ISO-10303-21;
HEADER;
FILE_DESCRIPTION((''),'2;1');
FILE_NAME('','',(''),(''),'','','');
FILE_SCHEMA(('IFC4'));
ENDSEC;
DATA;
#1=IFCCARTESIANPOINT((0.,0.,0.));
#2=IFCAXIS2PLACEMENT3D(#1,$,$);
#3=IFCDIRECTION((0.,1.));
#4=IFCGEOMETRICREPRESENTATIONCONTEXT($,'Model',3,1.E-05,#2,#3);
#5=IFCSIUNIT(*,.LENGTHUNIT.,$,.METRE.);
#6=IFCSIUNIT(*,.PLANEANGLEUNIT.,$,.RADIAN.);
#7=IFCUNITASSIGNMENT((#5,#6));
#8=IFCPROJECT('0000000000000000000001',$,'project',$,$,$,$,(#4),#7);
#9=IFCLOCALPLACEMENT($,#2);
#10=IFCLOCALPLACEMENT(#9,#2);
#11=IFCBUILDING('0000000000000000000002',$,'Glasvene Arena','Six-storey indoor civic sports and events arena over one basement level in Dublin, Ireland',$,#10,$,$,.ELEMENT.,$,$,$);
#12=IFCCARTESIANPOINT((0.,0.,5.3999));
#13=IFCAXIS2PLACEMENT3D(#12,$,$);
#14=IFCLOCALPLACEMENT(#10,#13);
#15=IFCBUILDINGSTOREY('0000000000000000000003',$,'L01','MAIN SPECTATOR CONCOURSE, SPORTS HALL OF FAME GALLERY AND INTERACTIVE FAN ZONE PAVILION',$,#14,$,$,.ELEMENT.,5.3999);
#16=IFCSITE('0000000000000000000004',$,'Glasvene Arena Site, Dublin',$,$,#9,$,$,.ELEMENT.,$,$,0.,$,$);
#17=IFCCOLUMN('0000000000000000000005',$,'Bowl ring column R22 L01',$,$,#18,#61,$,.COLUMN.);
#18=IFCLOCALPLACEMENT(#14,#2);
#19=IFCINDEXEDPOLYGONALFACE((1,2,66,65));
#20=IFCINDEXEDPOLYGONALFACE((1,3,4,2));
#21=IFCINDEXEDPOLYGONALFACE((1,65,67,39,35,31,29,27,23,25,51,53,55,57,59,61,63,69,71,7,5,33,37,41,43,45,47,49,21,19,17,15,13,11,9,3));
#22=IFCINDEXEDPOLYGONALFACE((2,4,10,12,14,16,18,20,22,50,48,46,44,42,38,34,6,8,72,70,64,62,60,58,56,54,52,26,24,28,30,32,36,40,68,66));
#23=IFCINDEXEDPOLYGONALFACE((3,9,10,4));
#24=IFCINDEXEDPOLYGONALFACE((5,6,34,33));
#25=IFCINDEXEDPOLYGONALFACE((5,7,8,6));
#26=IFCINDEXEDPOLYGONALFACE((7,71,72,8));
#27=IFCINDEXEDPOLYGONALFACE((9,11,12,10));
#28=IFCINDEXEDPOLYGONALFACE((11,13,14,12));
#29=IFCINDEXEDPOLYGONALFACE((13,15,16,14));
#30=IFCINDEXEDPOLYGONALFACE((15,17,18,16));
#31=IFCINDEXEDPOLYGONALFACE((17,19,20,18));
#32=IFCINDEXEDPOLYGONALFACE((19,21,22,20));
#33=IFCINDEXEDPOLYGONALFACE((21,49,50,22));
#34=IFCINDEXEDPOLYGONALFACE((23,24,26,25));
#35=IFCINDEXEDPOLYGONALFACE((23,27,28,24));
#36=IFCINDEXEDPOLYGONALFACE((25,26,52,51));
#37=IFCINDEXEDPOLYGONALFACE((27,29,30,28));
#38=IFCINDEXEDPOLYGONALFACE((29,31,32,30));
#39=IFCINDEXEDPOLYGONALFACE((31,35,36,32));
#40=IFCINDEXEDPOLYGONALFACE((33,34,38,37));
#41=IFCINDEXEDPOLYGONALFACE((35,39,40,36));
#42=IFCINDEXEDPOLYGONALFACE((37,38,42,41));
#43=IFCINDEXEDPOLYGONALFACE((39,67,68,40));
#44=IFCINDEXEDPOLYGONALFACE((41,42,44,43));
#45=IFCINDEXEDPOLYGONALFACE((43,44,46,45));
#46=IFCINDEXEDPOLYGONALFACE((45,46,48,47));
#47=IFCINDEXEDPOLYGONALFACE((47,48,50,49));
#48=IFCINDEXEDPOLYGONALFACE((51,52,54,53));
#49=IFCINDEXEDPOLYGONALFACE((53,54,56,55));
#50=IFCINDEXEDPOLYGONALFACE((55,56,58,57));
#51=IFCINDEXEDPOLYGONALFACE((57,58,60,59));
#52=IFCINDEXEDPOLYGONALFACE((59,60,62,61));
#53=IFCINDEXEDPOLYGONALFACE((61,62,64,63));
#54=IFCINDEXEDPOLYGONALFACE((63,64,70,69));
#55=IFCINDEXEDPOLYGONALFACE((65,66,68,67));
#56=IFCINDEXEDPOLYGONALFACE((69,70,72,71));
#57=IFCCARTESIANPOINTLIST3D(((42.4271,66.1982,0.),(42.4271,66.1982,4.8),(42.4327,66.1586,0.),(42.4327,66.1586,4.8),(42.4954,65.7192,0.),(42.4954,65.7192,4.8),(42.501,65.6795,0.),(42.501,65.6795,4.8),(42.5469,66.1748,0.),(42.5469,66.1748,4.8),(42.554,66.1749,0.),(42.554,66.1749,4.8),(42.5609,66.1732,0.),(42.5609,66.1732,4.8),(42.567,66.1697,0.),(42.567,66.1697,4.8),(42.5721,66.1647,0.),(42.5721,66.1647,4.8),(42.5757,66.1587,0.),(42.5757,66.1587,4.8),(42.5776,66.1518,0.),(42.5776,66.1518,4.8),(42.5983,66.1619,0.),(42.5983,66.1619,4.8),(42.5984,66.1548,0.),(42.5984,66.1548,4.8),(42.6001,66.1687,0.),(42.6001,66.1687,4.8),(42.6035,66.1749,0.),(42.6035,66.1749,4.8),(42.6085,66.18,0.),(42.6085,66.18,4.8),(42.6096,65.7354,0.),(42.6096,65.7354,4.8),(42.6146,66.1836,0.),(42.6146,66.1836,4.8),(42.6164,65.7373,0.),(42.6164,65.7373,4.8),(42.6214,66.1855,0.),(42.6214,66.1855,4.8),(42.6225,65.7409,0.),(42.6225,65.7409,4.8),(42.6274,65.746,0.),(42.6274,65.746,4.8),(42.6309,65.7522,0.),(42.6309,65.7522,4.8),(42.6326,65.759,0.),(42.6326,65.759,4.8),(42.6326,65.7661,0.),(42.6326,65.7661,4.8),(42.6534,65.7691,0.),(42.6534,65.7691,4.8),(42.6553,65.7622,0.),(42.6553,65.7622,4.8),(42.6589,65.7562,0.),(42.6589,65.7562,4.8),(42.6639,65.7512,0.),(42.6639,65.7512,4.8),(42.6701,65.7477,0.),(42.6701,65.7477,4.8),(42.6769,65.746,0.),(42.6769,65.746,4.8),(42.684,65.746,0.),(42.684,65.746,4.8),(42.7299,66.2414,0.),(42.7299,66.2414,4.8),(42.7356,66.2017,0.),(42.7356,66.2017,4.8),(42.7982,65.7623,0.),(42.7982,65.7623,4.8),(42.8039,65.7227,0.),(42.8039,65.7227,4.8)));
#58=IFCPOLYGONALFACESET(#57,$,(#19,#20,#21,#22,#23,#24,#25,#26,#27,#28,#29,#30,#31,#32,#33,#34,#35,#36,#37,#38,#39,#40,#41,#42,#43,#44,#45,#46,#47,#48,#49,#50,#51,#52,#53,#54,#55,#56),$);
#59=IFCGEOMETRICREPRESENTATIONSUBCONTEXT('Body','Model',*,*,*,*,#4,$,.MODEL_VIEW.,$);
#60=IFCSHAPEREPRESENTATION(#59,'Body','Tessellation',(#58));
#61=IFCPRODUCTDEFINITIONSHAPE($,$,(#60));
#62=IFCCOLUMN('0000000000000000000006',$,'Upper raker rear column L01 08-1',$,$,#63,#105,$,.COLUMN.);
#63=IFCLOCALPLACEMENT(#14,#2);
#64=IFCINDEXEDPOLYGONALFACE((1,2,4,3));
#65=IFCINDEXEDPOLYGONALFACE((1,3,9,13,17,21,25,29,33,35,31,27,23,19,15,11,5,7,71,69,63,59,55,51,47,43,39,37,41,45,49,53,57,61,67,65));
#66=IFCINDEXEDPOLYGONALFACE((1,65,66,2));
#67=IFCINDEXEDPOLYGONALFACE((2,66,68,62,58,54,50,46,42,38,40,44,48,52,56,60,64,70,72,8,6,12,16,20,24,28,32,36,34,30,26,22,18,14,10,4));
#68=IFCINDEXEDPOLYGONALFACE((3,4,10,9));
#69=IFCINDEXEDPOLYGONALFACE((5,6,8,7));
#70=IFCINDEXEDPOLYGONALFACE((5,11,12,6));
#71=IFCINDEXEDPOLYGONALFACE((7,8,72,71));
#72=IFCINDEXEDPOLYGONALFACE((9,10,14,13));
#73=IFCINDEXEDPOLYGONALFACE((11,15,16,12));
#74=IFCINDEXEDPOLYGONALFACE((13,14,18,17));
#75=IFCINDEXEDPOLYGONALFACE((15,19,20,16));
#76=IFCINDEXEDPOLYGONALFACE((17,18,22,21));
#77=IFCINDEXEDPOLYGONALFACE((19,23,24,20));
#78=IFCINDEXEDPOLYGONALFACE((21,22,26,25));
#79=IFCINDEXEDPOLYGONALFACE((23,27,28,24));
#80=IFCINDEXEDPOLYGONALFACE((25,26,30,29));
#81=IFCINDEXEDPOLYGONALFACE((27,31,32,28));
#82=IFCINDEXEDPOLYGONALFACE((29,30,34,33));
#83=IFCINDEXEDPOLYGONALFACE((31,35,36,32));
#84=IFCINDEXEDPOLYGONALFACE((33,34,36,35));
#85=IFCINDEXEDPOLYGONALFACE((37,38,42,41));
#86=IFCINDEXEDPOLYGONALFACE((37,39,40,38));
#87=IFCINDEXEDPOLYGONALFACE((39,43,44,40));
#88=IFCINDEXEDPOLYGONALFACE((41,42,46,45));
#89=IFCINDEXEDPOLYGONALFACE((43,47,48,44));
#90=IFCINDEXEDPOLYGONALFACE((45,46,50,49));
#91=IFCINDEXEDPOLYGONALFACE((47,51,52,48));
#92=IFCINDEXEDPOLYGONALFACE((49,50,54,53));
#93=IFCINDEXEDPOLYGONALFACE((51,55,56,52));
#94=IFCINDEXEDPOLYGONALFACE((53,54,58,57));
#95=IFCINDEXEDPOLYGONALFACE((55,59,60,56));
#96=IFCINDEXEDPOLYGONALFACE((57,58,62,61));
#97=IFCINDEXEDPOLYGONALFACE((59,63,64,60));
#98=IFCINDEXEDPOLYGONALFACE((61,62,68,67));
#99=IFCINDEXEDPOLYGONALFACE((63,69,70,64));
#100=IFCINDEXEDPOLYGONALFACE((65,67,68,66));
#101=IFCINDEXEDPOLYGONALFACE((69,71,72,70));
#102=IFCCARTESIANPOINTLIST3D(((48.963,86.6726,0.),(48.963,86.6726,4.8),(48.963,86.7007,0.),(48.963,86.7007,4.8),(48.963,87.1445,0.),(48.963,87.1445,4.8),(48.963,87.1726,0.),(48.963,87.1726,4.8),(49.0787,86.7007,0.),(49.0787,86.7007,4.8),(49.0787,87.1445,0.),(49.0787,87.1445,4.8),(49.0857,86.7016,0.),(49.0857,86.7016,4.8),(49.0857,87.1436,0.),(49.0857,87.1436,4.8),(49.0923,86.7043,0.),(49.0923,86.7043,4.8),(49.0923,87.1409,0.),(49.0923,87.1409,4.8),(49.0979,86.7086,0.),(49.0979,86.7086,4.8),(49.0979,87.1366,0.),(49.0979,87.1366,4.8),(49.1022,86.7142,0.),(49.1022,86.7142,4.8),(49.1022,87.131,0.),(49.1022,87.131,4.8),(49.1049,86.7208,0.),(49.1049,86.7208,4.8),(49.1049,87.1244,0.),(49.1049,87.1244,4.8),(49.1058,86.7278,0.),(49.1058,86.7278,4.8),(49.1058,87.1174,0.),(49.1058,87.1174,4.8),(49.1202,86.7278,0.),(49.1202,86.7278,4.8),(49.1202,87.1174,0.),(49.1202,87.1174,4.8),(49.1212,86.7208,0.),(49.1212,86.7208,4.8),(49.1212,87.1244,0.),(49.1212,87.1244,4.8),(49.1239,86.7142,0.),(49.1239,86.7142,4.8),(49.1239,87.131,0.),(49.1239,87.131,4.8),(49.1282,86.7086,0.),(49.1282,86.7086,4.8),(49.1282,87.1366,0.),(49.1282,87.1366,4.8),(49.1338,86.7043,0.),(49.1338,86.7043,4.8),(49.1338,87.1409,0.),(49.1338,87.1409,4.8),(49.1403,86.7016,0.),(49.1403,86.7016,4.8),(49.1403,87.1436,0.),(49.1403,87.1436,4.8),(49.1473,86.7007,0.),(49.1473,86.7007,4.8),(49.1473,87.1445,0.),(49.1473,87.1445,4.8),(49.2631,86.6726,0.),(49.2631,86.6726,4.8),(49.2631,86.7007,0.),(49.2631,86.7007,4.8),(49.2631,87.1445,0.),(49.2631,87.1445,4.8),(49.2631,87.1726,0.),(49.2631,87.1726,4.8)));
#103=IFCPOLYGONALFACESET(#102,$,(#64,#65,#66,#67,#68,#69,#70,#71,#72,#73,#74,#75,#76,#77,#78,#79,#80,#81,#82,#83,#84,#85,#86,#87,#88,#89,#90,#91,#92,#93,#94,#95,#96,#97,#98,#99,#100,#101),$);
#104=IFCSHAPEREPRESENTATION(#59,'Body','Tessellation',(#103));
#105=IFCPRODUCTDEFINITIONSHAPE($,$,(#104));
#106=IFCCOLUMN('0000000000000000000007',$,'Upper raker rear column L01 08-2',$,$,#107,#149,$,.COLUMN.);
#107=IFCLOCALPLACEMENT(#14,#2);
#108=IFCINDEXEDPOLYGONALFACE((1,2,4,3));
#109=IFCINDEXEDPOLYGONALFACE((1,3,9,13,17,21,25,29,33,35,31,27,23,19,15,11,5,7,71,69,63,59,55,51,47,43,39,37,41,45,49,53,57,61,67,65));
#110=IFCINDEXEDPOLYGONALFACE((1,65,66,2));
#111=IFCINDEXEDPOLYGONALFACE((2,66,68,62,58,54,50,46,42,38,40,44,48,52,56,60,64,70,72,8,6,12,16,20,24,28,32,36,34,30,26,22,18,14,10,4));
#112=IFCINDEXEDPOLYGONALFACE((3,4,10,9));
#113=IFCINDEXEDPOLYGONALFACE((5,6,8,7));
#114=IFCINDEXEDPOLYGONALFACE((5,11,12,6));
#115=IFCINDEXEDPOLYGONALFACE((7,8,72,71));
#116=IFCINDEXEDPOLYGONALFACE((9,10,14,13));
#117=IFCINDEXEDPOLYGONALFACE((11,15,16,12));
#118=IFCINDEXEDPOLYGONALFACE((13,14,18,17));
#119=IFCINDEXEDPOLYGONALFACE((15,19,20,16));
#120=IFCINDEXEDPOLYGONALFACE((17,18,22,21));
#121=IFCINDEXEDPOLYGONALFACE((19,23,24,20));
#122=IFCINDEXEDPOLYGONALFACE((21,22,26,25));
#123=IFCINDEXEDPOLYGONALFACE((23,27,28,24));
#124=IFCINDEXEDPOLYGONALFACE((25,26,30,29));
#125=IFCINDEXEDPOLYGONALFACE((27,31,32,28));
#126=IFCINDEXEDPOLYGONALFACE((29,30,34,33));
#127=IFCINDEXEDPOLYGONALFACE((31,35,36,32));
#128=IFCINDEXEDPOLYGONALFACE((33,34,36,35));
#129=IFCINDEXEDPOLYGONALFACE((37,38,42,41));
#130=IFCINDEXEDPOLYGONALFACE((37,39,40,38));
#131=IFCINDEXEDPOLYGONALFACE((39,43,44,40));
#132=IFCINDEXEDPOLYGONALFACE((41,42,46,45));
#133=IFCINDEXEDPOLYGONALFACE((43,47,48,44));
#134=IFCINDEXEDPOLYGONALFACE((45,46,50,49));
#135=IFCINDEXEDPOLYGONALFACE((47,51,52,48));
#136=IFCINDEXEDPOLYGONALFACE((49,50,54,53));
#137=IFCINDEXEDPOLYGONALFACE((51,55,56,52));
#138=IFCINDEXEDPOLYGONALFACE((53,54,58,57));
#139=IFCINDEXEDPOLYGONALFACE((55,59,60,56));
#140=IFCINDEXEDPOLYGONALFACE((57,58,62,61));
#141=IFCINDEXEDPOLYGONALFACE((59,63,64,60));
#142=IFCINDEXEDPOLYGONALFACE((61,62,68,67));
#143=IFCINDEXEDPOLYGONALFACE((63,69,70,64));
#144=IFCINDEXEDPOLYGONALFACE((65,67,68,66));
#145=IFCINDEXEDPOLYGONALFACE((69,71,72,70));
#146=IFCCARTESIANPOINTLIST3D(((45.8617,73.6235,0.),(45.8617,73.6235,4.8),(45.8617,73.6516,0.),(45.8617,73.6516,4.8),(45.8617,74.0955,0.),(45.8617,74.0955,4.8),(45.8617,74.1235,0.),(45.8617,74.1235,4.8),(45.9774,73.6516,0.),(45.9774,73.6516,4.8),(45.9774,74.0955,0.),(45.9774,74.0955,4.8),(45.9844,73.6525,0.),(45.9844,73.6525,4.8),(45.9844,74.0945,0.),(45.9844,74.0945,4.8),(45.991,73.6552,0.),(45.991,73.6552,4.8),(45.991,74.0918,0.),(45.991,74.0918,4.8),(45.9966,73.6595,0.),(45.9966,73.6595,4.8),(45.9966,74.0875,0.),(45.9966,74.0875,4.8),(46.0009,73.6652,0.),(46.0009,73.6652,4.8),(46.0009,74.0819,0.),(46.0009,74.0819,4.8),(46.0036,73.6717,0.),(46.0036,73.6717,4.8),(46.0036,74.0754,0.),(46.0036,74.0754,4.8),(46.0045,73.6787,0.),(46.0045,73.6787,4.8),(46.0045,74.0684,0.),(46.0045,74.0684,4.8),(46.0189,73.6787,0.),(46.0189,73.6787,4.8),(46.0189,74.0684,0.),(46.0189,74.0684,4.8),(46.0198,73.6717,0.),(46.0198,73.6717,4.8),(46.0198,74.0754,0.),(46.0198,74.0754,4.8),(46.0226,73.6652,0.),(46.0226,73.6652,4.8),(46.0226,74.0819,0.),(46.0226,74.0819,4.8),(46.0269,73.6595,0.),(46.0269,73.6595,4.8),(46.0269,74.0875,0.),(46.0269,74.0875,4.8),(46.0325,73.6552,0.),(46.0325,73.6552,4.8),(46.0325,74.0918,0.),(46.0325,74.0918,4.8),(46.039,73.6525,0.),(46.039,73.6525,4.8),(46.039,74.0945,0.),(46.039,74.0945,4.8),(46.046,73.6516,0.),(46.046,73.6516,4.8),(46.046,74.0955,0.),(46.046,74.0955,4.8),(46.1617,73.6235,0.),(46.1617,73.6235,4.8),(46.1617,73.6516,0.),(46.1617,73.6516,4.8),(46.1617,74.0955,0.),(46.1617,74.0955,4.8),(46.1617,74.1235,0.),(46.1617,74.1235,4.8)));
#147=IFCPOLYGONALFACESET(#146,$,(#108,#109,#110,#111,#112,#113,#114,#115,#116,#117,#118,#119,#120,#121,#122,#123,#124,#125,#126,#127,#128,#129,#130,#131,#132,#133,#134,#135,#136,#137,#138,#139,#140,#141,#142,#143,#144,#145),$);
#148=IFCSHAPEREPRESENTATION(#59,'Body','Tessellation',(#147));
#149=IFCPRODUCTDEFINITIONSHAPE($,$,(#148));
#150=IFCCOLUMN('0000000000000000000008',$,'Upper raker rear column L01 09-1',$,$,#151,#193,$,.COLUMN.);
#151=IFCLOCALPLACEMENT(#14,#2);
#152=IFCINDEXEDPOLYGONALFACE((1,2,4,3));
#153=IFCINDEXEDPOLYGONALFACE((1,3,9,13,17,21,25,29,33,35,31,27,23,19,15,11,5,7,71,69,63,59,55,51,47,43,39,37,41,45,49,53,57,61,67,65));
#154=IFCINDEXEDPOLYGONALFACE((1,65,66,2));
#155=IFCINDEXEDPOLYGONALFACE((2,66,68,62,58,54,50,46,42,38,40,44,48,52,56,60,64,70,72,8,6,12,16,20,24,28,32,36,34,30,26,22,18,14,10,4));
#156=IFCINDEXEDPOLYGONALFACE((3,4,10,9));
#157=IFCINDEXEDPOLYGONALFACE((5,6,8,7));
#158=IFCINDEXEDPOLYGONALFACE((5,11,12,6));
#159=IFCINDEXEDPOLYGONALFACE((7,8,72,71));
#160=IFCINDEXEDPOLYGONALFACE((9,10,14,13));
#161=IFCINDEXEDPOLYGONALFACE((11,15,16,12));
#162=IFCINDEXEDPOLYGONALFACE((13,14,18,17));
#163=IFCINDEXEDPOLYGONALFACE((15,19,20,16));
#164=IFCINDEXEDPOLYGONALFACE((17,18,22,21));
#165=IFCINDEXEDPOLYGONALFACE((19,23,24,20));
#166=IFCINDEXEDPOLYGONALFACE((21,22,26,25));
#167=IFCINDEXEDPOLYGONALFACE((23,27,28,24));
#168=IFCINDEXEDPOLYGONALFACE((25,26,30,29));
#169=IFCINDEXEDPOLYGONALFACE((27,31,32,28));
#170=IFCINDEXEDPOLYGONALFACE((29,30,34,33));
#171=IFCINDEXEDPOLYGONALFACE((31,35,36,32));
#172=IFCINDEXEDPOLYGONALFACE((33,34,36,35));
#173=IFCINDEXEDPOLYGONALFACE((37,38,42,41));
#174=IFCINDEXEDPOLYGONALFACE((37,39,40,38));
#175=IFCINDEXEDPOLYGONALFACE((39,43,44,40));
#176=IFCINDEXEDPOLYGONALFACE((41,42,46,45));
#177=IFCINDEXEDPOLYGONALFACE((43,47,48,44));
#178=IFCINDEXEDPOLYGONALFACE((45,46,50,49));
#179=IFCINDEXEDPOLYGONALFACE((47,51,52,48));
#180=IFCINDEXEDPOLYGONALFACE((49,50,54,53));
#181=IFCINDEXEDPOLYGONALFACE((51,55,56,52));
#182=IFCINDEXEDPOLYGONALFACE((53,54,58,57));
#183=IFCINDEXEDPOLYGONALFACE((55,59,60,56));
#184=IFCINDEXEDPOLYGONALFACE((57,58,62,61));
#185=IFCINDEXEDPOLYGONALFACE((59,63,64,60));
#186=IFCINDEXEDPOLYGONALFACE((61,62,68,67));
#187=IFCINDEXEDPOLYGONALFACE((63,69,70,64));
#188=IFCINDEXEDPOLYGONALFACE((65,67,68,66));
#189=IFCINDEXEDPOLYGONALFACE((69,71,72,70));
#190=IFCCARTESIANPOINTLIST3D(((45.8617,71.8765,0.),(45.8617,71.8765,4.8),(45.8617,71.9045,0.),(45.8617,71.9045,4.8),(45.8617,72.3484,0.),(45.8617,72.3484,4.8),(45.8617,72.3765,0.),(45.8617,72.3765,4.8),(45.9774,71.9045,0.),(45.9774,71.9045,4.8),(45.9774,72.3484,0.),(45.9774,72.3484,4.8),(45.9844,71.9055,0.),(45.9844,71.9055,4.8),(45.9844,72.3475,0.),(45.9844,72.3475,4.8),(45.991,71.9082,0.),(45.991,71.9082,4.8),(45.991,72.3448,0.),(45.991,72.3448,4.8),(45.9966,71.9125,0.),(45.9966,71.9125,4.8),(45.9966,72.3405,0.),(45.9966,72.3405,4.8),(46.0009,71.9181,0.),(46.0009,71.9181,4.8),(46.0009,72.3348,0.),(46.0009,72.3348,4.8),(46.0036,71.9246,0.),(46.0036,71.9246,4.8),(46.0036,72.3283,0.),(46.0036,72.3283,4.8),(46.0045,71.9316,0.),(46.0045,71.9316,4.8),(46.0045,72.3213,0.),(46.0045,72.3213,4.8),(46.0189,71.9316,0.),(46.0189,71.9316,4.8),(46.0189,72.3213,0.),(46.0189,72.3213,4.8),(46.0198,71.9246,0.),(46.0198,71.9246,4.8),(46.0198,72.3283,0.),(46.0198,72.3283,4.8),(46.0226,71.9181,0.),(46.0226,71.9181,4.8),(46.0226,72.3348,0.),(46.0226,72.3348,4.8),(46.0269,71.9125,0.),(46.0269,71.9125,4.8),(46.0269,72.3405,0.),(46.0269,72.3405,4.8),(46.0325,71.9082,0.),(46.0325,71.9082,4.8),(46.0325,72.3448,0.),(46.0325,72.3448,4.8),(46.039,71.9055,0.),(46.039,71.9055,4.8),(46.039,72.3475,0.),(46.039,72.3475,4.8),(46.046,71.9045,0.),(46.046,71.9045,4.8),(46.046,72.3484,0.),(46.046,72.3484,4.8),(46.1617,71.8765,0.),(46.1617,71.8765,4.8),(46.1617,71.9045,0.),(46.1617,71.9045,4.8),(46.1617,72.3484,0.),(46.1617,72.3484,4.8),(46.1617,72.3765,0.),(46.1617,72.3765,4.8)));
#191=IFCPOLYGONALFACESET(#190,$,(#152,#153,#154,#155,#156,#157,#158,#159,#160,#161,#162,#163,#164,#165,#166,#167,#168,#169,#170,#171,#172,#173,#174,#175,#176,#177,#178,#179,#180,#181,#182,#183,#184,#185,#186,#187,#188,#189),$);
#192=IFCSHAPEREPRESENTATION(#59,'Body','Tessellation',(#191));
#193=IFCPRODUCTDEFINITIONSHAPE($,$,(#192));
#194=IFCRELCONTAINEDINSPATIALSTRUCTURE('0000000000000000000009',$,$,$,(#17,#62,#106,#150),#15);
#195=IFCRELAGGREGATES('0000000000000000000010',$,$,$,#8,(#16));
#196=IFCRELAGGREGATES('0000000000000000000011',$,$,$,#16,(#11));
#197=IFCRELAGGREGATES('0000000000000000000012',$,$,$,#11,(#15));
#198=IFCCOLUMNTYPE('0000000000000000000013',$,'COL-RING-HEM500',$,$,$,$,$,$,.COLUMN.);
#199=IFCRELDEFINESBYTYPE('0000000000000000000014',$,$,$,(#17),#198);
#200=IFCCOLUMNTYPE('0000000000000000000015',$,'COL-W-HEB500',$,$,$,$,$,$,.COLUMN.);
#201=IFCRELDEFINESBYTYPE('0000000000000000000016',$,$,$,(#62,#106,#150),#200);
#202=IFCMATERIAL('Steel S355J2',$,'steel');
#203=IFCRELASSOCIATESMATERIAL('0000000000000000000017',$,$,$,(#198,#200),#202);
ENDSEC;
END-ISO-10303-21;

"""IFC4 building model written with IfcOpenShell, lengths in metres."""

from ifc_helpers import new_model, si_unit, direction, frame, origin, origin_2d, place, context, subcontext, project, spatial, i_section, extrude, material, material_profile, profile_set, type_object, element, save


model = new_model("IFC4")

# Units and contexts
model_context = context("Model", 3, precision=1e-05, world=origin(), true_north=direction((0.0, 1.0)))
body_context = subcontext(model_context, "Body", "Model", "MODEL_VIEW")
ifc_project = project(units=[si_unit("LENGTHUNIT", "METRE"), si_unit("PLANEANGLEUNIT", "RADIAN")], contexts=[model_context])

# Site, building, storey
site_placement = place(None, origin())
site = spatial("IfcSite", under=ifc_project, at=site_placement, Name="Glasvene Arena Site, Dublin", CompositionType="ELEMENT", RefElevation=0.0)
building_placement = place(site_placement, origin())
building = spatial("IfcBuilding", under=site, at=building_placement, Name="Glasvene Arena", Description="Six-storey indoor civic sports and events arena over one basement level in Dublin, Ireland", CompositionType="ELEMENT")
storey_placement = place(building_placement, frame((0.0, 0.0, 5.3999)))
storey = spatial("IfcBuildingStorey", under=building, at=storey_placement, Name="L01", Description="MAIN SPECTATOR CONCOURSE, SPORTS HALL OF FAME GALLERY AND INTERACTIVE FAN ZONE PAVILION", CompositionType="ELEMENT", Elevation=5.3999)

# Columns
ifc_material_1 = material(Name="Steel S355J2", Category="steel")
ifc_material_profile_1 = material_profile(ifc_material_1, i_section(OverallWidth=0.3059, OverallDepth=0.5239, WebThickness=0.021, FlangeThickness=0.04, FilletRadius=0.0271, at=origin_2d()), Name="HEM 500")
ifc_profile_set_1 = profile_set([ifc_material_profile_1], Name="Steel S355J2")
column_type_1 = type_object("IfcColumnType", Name="COL-RING-HEM500", PredefinedType="COLUMN", material=ifc_profile_set_1)
for number, where, z_axis, x_axis, name in (
    (1, (42.6155, 65.9604, 0.0), (0.0, 0.0, 1.0), (-0.989999, -0.141074, 0.0), "Bowl ring column R22 L01"),
):
    element("IfcColumn", number, at=place(storey_placement, frame(where, z_axis=z_axis, x_axis=x_axis)), inside=storey, type_object=column_type_1, Name=name, PredefinedType="COLUMN", context=body_context, shape_type="SweptSolid", body=[
        extrude(i_section(OverallWidth=0.3059, OverallDepth=0.5239, WebThickness=0.021, FlangeThickness=0.04, FilletRadius=0.0271, at=origin_2d()), origin(), (0.0, 0.0, 1.0), 4.8),
    ])
ifc_material_profile_2 = material_profile(ifc_material_1, i_section(OverallWidth=0.3, OverallDepth=0.5, WebThickness=0.0144, FlangeThickness=0.0281, FilletRadius=0.0271, at=origin_2d()), Name="HEB 500")
ifc_profile_set_2 = profile_set([ifc_material_profile_2], Name="Steel S355J2")
column_type_2 = type_object("IfcColumnType", Name="COL-W-HEB500", PredefinedType="COLUMN", material=ifc_profile_set_2)
for number, where, z_axis, x_axis, name in (
    (2, (49.113, 86.9226, 0.0), (0.0, 0.0, 1.0), (1.0, 0.0, 0.0), "Upper raker rear column L01 08-1"),
    (3, (46.0117, 73.8735, 0.0), (0.0, 0.0, 1.0), (1.0, 0.0, 0.0), "Upper raker rear column L01 08-2"),
    (4, (46.0117, 72.1265, 0.0), (0.0, 0.0, 1.0), (1.0, 0.0, 0.0), "Upper raker rear column L01 09-1"),
):
    element("IfcColumn", number, at=place(storey_placement, frame(where, z_axis=z_axis, x_axis=x_axis)), inside=storey, type_object=column_type_2, Name=name, PredefinedType="COLUMN", context=body_context, shape_type="SweptSolid", body=[
        extrude(i_section(OverallWidth=0.3, OverallDepth=0.5, WebThickness=0.0144, FlangeThickness=0.0281, FilletRadius=0.0271, at=origin_2d()), origin(), (0.0, 0.0, 1.0), 4.8),
    ])

save(model, "model.ifc")
